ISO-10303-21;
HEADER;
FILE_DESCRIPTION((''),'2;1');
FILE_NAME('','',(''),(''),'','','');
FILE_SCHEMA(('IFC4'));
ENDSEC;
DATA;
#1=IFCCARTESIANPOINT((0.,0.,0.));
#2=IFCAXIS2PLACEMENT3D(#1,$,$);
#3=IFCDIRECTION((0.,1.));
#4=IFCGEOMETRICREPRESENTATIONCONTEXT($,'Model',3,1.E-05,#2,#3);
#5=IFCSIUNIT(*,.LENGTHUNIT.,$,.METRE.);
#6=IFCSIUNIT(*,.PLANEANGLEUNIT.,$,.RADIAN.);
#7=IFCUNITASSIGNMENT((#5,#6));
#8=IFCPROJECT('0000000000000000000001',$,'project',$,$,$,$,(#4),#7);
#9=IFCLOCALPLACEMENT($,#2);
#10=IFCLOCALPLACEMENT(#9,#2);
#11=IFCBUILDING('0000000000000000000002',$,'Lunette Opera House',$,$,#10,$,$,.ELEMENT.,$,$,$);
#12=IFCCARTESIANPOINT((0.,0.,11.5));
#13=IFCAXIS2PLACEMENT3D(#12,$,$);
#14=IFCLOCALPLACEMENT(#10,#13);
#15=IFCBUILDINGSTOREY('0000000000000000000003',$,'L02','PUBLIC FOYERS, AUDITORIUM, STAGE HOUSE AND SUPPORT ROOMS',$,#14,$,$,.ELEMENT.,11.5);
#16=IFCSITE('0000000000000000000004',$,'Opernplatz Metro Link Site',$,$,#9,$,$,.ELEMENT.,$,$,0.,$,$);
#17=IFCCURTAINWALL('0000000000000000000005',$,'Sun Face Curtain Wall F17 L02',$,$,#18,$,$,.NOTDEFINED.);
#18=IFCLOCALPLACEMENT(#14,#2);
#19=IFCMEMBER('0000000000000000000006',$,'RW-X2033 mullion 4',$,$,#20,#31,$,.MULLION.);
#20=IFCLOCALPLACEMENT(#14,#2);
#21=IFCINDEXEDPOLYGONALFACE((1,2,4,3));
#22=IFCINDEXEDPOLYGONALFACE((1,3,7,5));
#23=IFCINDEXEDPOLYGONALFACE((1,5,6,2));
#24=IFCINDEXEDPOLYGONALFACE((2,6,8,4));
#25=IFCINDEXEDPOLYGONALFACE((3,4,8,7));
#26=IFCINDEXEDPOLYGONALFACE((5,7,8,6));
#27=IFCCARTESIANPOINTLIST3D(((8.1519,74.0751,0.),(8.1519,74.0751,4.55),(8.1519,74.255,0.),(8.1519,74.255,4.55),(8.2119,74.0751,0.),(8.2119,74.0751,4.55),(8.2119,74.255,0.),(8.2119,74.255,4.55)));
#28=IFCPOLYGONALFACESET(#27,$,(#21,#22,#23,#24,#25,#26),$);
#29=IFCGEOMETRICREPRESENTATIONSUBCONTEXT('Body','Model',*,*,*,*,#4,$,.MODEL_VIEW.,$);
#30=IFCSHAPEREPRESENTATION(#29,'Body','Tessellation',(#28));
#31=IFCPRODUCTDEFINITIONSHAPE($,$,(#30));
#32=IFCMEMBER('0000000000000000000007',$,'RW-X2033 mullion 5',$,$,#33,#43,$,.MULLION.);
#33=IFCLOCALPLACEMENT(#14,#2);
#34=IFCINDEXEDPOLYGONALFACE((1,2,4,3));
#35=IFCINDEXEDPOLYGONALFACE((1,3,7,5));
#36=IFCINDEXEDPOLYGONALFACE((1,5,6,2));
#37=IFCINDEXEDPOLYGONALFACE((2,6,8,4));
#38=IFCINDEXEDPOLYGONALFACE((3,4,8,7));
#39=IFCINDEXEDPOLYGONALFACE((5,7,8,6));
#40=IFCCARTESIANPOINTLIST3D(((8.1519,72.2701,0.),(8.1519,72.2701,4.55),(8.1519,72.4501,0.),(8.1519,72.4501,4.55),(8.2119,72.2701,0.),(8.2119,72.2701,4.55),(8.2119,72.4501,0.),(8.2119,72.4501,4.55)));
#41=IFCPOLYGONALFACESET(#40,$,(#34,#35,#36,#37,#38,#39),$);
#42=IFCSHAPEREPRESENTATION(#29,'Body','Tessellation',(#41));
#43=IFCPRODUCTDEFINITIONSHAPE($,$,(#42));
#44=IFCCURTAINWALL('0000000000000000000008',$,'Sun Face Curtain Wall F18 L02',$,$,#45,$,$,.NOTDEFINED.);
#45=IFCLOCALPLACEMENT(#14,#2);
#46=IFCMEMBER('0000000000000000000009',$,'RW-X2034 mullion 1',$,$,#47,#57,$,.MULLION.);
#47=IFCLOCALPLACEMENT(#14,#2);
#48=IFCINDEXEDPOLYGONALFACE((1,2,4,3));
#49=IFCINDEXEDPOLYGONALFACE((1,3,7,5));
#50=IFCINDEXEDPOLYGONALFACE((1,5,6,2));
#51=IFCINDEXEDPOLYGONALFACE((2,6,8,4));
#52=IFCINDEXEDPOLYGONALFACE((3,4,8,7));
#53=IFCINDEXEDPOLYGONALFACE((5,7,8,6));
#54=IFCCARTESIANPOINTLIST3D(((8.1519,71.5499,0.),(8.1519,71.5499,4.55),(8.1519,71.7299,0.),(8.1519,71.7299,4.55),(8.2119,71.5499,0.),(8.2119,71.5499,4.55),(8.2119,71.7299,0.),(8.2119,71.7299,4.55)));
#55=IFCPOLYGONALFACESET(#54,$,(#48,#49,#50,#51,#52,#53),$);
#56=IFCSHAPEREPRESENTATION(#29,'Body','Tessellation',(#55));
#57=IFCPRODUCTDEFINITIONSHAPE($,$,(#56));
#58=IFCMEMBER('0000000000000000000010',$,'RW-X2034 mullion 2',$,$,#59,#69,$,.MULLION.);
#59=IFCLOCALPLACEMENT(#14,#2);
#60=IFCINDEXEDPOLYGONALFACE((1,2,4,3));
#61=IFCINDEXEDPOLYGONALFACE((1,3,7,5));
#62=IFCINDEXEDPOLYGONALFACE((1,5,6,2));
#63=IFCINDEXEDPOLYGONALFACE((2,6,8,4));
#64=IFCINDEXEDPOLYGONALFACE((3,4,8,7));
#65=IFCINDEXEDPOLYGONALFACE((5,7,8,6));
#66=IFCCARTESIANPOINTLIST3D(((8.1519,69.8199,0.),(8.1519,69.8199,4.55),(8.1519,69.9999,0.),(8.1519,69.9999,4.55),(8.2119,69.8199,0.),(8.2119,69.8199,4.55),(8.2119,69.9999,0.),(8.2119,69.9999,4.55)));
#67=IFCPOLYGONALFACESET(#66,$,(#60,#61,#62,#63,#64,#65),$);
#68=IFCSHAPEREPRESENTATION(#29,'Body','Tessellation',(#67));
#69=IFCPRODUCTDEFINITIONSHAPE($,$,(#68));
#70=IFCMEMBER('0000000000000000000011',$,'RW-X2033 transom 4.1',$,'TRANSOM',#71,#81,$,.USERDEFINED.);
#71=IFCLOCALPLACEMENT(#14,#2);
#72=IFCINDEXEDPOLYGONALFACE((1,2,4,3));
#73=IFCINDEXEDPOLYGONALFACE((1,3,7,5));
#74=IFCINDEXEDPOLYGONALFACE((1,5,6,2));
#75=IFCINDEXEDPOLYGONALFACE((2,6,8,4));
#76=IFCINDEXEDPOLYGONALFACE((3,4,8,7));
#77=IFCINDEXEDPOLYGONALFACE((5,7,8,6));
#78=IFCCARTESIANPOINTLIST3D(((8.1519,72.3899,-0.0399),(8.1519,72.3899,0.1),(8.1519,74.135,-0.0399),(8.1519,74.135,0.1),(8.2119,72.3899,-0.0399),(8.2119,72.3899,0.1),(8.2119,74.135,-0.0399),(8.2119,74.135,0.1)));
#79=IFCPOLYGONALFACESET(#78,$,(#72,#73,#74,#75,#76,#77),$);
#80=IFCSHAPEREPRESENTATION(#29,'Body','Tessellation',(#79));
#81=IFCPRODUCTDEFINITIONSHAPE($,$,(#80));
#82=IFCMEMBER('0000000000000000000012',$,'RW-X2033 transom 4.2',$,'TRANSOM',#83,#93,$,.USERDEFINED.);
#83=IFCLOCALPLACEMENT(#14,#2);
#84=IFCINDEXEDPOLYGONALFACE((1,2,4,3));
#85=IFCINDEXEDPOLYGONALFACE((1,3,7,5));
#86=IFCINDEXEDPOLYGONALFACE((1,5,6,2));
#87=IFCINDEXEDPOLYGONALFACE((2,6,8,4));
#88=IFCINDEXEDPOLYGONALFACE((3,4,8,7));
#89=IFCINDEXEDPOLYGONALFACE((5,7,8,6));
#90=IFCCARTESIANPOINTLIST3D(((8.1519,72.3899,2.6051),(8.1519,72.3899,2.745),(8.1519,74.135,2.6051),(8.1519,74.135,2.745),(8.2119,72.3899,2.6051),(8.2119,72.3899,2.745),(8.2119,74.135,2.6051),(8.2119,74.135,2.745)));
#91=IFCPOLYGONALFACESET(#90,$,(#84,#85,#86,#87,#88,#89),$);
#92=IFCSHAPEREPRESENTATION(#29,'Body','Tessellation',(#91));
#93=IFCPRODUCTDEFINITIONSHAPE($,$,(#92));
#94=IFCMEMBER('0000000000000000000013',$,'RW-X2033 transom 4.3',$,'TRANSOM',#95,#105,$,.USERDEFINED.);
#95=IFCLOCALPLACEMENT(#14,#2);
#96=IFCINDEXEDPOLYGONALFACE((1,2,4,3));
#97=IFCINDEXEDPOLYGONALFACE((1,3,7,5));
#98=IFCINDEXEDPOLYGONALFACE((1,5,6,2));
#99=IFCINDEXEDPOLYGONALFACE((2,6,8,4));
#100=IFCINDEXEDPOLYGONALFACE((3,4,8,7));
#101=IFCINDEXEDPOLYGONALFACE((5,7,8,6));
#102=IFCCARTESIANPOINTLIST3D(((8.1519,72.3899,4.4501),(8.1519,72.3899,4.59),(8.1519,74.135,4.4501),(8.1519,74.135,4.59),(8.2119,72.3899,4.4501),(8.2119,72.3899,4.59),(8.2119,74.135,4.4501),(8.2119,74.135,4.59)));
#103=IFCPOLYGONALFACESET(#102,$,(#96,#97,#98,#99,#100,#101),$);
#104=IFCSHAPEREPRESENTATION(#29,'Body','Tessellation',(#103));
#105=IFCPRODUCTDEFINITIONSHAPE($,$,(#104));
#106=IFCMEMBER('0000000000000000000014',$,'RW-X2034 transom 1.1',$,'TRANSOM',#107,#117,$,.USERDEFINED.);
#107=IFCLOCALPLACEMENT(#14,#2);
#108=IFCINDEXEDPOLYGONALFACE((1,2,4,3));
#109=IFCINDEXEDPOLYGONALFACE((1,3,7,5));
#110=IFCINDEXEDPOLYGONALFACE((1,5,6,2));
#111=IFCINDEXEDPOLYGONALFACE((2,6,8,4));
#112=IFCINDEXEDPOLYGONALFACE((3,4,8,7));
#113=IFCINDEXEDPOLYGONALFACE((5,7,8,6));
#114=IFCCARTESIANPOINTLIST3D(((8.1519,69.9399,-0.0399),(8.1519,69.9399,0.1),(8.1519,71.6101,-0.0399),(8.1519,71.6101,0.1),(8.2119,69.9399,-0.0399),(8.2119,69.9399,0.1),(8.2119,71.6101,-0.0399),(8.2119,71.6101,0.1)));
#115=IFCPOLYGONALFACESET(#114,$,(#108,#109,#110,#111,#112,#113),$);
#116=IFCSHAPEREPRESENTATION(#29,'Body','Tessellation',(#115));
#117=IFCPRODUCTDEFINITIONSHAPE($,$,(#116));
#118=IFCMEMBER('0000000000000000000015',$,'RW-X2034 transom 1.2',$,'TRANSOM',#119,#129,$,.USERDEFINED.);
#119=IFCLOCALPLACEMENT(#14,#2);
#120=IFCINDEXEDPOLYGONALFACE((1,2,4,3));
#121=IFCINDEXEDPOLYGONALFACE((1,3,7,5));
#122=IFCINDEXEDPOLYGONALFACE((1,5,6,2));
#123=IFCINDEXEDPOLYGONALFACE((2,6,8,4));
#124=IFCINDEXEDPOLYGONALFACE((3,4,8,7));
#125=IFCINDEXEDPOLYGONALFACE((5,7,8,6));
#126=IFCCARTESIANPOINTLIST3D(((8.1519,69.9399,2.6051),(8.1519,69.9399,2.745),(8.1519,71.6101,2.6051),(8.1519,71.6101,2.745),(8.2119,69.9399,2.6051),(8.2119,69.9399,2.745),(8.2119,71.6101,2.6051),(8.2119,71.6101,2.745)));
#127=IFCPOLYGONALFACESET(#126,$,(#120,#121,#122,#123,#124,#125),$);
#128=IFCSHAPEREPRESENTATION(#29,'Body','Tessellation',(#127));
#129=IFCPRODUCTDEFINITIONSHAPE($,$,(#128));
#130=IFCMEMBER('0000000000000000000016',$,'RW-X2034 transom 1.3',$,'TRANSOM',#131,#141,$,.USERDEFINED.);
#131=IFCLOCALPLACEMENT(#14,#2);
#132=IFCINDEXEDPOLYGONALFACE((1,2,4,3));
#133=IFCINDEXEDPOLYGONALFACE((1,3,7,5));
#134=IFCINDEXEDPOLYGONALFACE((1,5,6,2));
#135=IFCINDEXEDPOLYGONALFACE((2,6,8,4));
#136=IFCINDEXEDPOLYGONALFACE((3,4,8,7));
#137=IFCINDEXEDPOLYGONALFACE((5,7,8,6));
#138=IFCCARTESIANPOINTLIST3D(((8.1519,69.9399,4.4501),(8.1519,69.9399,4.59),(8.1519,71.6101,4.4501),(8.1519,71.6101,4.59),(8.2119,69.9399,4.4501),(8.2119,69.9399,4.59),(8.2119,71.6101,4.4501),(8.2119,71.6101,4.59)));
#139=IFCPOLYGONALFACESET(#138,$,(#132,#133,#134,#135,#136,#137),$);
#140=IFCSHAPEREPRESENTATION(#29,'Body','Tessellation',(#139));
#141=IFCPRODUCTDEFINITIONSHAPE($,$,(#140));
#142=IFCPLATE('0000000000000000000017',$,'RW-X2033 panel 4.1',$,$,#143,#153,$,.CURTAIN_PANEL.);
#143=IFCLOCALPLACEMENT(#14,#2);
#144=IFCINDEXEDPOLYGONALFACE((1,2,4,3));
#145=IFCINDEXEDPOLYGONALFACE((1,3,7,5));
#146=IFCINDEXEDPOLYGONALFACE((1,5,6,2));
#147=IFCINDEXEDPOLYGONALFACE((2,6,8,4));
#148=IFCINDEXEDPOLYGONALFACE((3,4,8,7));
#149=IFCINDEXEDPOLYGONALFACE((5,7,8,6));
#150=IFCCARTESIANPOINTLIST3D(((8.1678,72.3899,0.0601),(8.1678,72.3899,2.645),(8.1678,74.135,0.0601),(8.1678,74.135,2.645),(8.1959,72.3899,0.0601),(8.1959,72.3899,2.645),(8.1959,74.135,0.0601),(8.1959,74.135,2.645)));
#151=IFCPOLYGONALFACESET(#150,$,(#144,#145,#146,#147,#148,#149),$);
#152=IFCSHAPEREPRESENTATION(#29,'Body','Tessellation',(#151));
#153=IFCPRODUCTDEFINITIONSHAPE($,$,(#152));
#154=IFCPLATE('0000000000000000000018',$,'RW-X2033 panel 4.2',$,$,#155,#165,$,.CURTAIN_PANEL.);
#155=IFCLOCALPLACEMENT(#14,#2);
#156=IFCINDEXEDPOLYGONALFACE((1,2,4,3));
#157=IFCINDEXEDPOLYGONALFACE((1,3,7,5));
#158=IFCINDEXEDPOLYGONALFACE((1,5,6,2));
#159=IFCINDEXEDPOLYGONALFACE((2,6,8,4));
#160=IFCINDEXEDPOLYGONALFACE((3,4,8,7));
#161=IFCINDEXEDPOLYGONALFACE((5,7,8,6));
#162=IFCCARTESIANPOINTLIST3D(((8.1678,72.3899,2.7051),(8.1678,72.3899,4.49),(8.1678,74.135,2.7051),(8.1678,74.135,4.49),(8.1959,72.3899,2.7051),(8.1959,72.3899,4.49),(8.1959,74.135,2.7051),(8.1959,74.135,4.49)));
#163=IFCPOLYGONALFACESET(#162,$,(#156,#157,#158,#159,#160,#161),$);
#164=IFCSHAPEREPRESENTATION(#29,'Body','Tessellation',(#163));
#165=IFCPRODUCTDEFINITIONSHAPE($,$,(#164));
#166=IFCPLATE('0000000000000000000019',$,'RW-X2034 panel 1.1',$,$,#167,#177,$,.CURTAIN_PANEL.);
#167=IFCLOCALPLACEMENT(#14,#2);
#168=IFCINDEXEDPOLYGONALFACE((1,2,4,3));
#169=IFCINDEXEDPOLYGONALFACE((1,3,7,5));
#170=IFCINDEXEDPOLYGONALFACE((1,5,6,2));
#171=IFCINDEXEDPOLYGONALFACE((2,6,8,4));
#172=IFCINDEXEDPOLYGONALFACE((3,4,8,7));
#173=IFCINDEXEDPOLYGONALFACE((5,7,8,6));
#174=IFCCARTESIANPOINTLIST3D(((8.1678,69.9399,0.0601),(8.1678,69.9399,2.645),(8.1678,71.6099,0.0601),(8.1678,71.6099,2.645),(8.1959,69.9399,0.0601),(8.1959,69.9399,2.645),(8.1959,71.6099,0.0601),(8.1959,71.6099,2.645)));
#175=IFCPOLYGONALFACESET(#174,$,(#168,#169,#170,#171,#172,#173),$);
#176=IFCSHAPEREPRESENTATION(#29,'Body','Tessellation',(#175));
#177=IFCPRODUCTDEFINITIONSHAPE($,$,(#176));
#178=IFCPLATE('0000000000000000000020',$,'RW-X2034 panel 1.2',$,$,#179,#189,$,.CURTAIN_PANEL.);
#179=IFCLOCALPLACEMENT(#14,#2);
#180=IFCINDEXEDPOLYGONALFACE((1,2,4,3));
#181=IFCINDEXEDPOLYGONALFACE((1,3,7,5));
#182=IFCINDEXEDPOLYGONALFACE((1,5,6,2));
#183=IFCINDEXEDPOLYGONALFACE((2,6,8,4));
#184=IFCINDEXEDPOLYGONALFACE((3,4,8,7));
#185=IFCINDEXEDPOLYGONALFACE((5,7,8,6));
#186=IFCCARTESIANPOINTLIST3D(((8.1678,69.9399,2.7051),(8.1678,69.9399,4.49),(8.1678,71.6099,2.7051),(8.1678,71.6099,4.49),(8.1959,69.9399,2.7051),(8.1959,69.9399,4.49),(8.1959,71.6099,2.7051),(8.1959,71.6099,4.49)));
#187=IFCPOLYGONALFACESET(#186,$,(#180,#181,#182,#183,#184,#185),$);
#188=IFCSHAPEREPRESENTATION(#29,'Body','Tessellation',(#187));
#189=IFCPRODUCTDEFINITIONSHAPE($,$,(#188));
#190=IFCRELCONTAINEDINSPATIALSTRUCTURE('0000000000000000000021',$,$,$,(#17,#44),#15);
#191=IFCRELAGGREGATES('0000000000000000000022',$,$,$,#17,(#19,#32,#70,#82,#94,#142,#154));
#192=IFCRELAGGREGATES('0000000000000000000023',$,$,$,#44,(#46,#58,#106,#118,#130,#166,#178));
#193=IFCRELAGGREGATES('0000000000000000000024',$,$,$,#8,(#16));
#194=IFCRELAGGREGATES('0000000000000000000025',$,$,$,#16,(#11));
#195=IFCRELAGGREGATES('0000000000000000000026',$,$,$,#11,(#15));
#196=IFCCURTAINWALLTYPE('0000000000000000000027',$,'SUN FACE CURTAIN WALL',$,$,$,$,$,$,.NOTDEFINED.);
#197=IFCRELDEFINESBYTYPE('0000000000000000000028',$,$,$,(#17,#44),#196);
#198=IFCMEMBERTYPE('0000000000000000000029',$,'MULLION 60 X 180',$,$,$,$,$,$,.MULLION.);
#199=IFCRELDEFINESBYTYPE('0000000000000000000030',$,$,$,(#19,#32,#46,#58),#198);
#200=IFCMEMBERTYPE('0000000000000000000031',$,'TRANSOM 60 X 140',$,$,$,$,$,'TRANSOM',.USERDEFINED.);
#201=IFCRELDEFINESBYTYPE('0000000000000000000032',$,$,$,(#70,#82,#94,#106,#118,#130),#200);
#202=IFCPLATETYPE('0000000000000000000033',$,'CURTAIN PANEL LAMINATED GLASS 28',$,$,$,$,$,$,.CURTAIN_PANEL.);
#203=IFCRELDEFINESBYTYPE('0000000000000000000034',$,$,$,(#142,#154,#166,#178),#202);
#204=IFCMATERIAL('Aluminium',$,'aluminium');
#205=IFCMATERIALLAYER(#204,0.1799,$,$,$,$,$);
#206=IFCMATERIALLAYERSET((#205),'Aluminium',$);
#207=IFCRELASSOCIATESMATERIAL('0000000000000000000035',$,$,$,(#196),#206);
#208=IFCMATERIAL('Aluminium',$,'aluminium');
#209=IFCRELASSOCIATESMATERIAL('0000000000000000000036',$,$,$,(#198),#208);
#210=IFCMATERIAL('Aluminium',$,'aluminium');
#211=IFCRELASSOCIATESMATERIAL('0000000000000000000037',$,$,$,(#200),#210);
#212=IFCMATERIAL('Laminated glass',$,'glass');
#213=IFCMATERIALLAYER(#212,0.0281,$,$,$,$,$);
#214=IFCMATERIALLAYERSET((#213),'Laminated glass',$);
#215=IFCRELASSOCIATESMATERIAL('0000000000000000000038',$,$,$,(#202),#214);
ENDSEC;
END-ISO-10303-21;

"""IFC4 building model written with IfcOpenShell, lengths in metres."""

from ifc_helpers import new_model, si_unit, direction, frame, origin, origin_2d, place, context, subcontext, project, spatial, rectangle, extrude, material, layer, layer_set, material_profile, profile_set, type_object, element, aggregate, save


model = new_model("IFC4")

# Units and contexts
model_context = context("Model", 3, precision=1e-05, world=origin(), true_north=direction((0.0, 1.0)))
body_context = subcontext(model_context, "Body", "Model", "MODEL_VIEW")
ifc_project = project(units=[si_unit("LENGTHUNIT", "METRE"), si_unit("PLANEANGLEUNIT", "RADIAN")], contexts=[model_context])

# Site, building, storey
site_placement = place(None, origin())
site = spatial("IfcSite", under=ifc_project, at=site_placement, Name="Opernplatz Metro Link Site", CompositionType="ELEMENT", RefElevation=0.0)
building_placement = place(site_placement, origin())
building = spatial("IfcBuilding", under=site, at=building_placement, Name="Lunette Opera House", CompositionType="ELEMENT")
storey_placement = place(building_placement, frame((0.0, 0.0, 11.5)))
storey = spatial("IfcBuildingStorey", under=building, at=storey_placement, Name="L02", Description="PUBLIC FOYERS, AUDITORIUM, STAGE HOUSE AND SUPPORT ROOMS", CompositionType="ELEMENT", Elevation=11.5)

# Curtain walls, members
ifc_material_1 = material(Name="Aluminium", Category="aluminium")
ifc_layer_1 = layer(ifc_material_1, 0.1799)
ifc_layer_set_1 = layer_set([ifc_layer_1], Name="Aluminium")
curtain_wall_type = type_object("IfcCurtainWallType", Name="SUN FACE CURTAIN WALL", PredefinedType="NOTDEFINED", material=ifc_layer_set_1)
curtain_wall_1_placement = place(storey_placement, origin())
curtain_wall_1 = element("IfcCurtainWall", 1, at=curtain_wall_1_placement, inside=storey, type_object=curtain_wall_type, Name="Sun Face Curtain Wall F17 L02", PredefinedType="NOTDEFINED")
ifc_material_2 = material(Name="Aluminium", Category="aluminium")
ifc_material_profile_1 = material_profile(ifc_material_2, rectangle(XDim=0.0601, YDim=0.1799, at=origin_2d()), Name="MULLION 60 X 180")
ifc_profile_set_1 = profile_set([ifc_material_profile_1], Name="Aluminium")
member_type_1 = type_object("IfcMemberType", Name="MULLION 60 X 180", PredefinedType="MULLION", material=ifc_profile_set_1)
member_1_placement = place(storey_placement, frame((8.1819, 74.165, 0.0), z_axis=(0.0, 0.0, 1.0), x_axis=(1.0, 0.0, 0.0)))
member_1 = element("IfcMember", 2, at=member_1_placement, type_object=member_type_1, Name="RW-X2033 mullion 4", PredefinedType="MULLION", context=body_context, shape_type="SweptSolid", body=[
    extrude(rectangle(XDim=0.0601, YDim=0.1799, at=origin_2d()), origin(), (0.0, 0.0, 1.0), 4.55),
])
member_2_placement = place(storey_placement, frame((8.1819, 72.3601, 0.0), z_axis=(0.0, 0.0, 1.0), x_axis=(1.0, 0.0, 0.0)))
member_2 = element("IfcMember", 3, at=member_2_placement, type_object=member_type_1, Name="RW-X2033 mullion 5", PredefinedType="MULLION", context=body_context, shape_type="SweptSolid", body=[
    extrude(rectangle(XDim=0.0601, YDim=0.1799, at=origin_2d()), origin(), (0.0, 0.0, 1.0), 4.55),
])
curtain_wall_2_placement = place(storey_placement, origin())
curtain_wall_2 = element("IfcCurtainWall", 4, at=curtain_wall_2_placement, inside=storey, type_object=curtain_wall_type, Name="Sun Face Curtain Wall F18 L02", PredefinedType="NOTDEFINED")
member_3_placement = place(storey_placement, frame((8.1819, 71.6399, 0.0), z_axis=(0.0, 0.0, 1.0), x_axis=(1.0, 0.0, 0.0)))
member_3 = element("IfcMember", 5, at=member_3_placement, type_object=member_type_1, Name="RW-X2034 mullion 1", PredefinedType="MULLION", context=body_context, shape_type="SweptSolid", body=[
    extrude(rectangle(XDim=0.0601, YDim=0.1799, at=origin_2d()), origin(), (0.0, 0.0, 1.0), 4.55),
])
member_4_placement = place(storey_placement, frame((8.1819, 69.9099, 0.0), z_axis=(0.0, 0.0, 1.0), x_axis=(1.0, 0.0, 0.0)))
member_4 = element("IfcMember", 6, at=member_4_placement, type_object=member_type_1, Name="RW-X2034 mullion 2", PredefinedType="MULLION", context=body_context, shape_type="SweptSolid", body=[
    extrude(rectangle(XDim=0.0601, YDim=0.1799, at=origin_2d()), origin(), (0.0, 0.0, 1.0), 4.55),
])

# Members
ifc_material_3 = material(Name="Aluminium", Category="aluminium")
ifc_material_profile_2 = material_profile(ifc_material_3, rectangle(XDim=0.0601, YDim=0.1399, at=origin_2d()), Name="TRANSOM 60 X 140")
ifc_profile_set_2 = profile_set([ifc_material_profile_2], Name="Aluminium")
member_type_2 = type_object("IfcMemberType", Name="TRANSOM 60 X 140", ElementType="TRANSOM", PredefinedType="USERDEFINED", material=ifc_profile_set_2)
member_5_placement = place(storey_placement, frame((8.1819, 74.135, 0.03), z_axis=(0.0, -1.0, 0.0), x_axis=(1.0, 0.0, 0.0)))
member_5 = element("IfcMember", 7, at=member_5_placement, type_object=member_type_2, Name="RW-X2033 transom 4.1", ObjectType="TRANSOM", PredefinedType="USERDEFINED", context=body_context, shape_type="SweptSolid", body=[
    extrude(rectangle(XDim=0.0601, YDim=0.1399, at=origin_2d()), origin(), (0.0, 0.0, 1.0), 1.7451),
])
member_6_placement = place(storey_placement, frame((8.1819, 74.135, 2.675), z_axis=(0.0, -1.0, 0.0), x_axis=(1.0, 0.0, 0.0)))
member_6 = element("IfcMember", 8, at=member_6_placement, type_object=member_type_2, Name="RW-X2033 transom 4.2", ObjectType="TRANSOM", PredefinedType="USERDEFINED", context=body_context, shape_type="SweptSolid", body=[
    extrude(rectangle(XDim=0.0601, YDim=0.1399, at=origin_2d()), origin(), (0.0, 0.0, 1.0), 1.7451),
])
member_7_placement = place(storey_placement, frame((8.1819, 74.135, 4.52), z_axis=(0.0, -1.0, 0.0), x_axis=(1.0, 0.0, 0.0)))
member_7 = element("IfcMember", 9, at=member_7_placement, type_object=member_type_2, Name="RW-X2033 transom 4.3", ObjectType="TRANSOM", PredefinedType="USERDEFINED", context=body_context, shape_type="SweptSolid", body=[
    extrude(rectangle(XDim=0.0601, YDim=0.1399, at=origin_2d()), origin(), (0.0, 0.0, 1.0), 1.7451),
])
member_8_placement = place(storey_placement, frame((8.1819, 71.6101, 0.03), z_axis=(0.0, -1.0, 0.0), x_axis=(1.0, 0.0, 0.0)))
member_8 = element("IfcMember", 10, at=member_8_placement, type_object=member_type_2, Name="RW-X2034 transom 1.1", ObjectType="TRANSOM", PredefinedType="USERDEFINED", context=body_context, shape_type="SweptSolid", body=[
    extrude(rectangle(XDim=0.0601, YDim=0.1399, at=origin_2d()), origin(), (0.0, 0.0, 1.0), 1.6702),
])
member_9_placement = place(storey_placement, frame((8.1819, 71.6101, 2.675), z_axis=(0.0, -1.0, 0.0), x_axis=(1.0, 0.0, 0.0)))
member_9 = element("IfcMember", 11, at=member_9_placement, type_object=member_type_2, Name="RW-X2034 transom 1.2", ObjectType="TRANSOM", PredefinedType="USERDEFINED", context=body_context, shape_type="SweptSolid", body=[
    extrude(rectangle(XDim=0.0601, YDim=0.1399, at=origin_2d()), origin(), (0.0, 0.0, 1.0), 1.6702),
])
member_10_placement = place(storey_placement, frame((8.1819, 71.6101, 4.52), z_axis=(0.0, -1.0, 0.0), x_axis=(1.0, 0.0, 0.0)))
member_10 = element("IfcMember", 12, at=member_10_placement, type_object=member_type_2, Name="RW-X2034 transom 1.3", ObjectType="TRANSOM", PredefinedType="USERDEFINED", context=body_context, shape_type="SweptSolid", body=[
    extrude(rectangle(XDim=0.0601, YDim=0.1399, at=origin_2d()), origin(), (0.0, 0.0, 1.0), 1.6702),
])

# Plates
ifc_material_4 = material(Name="Laminated glass", Category="glass")
ifc_layer_2 = layer(ifc_material_4, 0.0281)
ifc_layer_set_2 = layer_set([ifc_layer_2], Name="Laminated glass")
plate_type = type_object("IfcPlateType", Name="CURTAIN PANEL LAMINATED GLASS 28", PredefinedType="CURTAIN_PANEL", material=ifc_layer_set_2)
plate_1_placement = place(storey_placement, frame((8.1819, 73.2625, 0.0601), z_axis=(0.0, 0.0, 1.0), x_axis=(0.0, -1.0, 0.0)))
plate_1 = element("IfcPlate", 13, at=plate_1_placement, type_object=plate_type, Name="RW-X2033 panel 4.1", PredefinedType="CURTAIN_PANEL", context=body_context, shape_type="SweptSolid", body=[
    extrude(rectangle(XDim=1.7451, YDim=0.0281, at=origin_2d()), origin(), (0.0, 0.0, 1.0), 2.585),
])
plate_2_placement = place(storey_placement, frame((8.1819, 73.2625, 2.7051), z_axis=(0.0, 0.0, 1.0), x_axis=(0.0, -1.0, 0.0)))
plate_2 = element("IfcPlate", 14, at=plate_2_placement, type_object=plate_type, Name="RW-X2033 panel 4.2", PredefinedType="CURTAIN_PANEL", context=body_context, shape_type="SweptSolid", body=[
    extrude(rectangle(XDim=1.7451, YDim=0.0281, at=origin_2d()), origin(), (0.0, 0.0, 1.0), 1.7849),
])
aggregate(curtain_wall_1, [member_1, member_2, member_5, member_6, member_7, plate_1, plate_2])
plate_3_placement = place(storey_placement, frame((8.1819, 70.7749, 0.0601), z_axis=(0.0, 0.0, 1.0), x_axis=(0.0, -1.0, 0.0)))
plate_3 = element("IfcPlate", 15, at=plate_3_placement, type_object=plate_type, Name="RW-X2034 panel 1.1", PredefinedType="CURTAIN_PANEL", context=body_context, shape_type="SweptSolid", body=[
    extrude(rectangle(XDim=1.6699, YDim=0.0281, at=origin_2d()), origin(), (0.0, 0.0, 1.0), 2.585),
])
plate_4_placement = place(storey_placement, frame((8.1819, 70.7749, 2.7051), z_axis=(0.0, 0.0, 1.0), x_axis=(0.0, -1.0, 0.0)))
plate_4 = element("IfcPlate", 16, at=plate_4_placement, type_object=plate_type, Name="RW-X2034 panel 1.2", PredefinedType="CURTAIN_PANEL", context=body_context, shape_type="SweptSolid", body=[
    extrude(rectangle(XDim=1.6699, YDim=0.0281, at=origin_2d()), origin(), (0.0, 0.0, 1.0), 1.7849),
])
aggregate(curtain_wall_2, [member_3, member_4, member_8, member_9, member_10, plate_3, plate_4])

save(model, "model.ifc")
